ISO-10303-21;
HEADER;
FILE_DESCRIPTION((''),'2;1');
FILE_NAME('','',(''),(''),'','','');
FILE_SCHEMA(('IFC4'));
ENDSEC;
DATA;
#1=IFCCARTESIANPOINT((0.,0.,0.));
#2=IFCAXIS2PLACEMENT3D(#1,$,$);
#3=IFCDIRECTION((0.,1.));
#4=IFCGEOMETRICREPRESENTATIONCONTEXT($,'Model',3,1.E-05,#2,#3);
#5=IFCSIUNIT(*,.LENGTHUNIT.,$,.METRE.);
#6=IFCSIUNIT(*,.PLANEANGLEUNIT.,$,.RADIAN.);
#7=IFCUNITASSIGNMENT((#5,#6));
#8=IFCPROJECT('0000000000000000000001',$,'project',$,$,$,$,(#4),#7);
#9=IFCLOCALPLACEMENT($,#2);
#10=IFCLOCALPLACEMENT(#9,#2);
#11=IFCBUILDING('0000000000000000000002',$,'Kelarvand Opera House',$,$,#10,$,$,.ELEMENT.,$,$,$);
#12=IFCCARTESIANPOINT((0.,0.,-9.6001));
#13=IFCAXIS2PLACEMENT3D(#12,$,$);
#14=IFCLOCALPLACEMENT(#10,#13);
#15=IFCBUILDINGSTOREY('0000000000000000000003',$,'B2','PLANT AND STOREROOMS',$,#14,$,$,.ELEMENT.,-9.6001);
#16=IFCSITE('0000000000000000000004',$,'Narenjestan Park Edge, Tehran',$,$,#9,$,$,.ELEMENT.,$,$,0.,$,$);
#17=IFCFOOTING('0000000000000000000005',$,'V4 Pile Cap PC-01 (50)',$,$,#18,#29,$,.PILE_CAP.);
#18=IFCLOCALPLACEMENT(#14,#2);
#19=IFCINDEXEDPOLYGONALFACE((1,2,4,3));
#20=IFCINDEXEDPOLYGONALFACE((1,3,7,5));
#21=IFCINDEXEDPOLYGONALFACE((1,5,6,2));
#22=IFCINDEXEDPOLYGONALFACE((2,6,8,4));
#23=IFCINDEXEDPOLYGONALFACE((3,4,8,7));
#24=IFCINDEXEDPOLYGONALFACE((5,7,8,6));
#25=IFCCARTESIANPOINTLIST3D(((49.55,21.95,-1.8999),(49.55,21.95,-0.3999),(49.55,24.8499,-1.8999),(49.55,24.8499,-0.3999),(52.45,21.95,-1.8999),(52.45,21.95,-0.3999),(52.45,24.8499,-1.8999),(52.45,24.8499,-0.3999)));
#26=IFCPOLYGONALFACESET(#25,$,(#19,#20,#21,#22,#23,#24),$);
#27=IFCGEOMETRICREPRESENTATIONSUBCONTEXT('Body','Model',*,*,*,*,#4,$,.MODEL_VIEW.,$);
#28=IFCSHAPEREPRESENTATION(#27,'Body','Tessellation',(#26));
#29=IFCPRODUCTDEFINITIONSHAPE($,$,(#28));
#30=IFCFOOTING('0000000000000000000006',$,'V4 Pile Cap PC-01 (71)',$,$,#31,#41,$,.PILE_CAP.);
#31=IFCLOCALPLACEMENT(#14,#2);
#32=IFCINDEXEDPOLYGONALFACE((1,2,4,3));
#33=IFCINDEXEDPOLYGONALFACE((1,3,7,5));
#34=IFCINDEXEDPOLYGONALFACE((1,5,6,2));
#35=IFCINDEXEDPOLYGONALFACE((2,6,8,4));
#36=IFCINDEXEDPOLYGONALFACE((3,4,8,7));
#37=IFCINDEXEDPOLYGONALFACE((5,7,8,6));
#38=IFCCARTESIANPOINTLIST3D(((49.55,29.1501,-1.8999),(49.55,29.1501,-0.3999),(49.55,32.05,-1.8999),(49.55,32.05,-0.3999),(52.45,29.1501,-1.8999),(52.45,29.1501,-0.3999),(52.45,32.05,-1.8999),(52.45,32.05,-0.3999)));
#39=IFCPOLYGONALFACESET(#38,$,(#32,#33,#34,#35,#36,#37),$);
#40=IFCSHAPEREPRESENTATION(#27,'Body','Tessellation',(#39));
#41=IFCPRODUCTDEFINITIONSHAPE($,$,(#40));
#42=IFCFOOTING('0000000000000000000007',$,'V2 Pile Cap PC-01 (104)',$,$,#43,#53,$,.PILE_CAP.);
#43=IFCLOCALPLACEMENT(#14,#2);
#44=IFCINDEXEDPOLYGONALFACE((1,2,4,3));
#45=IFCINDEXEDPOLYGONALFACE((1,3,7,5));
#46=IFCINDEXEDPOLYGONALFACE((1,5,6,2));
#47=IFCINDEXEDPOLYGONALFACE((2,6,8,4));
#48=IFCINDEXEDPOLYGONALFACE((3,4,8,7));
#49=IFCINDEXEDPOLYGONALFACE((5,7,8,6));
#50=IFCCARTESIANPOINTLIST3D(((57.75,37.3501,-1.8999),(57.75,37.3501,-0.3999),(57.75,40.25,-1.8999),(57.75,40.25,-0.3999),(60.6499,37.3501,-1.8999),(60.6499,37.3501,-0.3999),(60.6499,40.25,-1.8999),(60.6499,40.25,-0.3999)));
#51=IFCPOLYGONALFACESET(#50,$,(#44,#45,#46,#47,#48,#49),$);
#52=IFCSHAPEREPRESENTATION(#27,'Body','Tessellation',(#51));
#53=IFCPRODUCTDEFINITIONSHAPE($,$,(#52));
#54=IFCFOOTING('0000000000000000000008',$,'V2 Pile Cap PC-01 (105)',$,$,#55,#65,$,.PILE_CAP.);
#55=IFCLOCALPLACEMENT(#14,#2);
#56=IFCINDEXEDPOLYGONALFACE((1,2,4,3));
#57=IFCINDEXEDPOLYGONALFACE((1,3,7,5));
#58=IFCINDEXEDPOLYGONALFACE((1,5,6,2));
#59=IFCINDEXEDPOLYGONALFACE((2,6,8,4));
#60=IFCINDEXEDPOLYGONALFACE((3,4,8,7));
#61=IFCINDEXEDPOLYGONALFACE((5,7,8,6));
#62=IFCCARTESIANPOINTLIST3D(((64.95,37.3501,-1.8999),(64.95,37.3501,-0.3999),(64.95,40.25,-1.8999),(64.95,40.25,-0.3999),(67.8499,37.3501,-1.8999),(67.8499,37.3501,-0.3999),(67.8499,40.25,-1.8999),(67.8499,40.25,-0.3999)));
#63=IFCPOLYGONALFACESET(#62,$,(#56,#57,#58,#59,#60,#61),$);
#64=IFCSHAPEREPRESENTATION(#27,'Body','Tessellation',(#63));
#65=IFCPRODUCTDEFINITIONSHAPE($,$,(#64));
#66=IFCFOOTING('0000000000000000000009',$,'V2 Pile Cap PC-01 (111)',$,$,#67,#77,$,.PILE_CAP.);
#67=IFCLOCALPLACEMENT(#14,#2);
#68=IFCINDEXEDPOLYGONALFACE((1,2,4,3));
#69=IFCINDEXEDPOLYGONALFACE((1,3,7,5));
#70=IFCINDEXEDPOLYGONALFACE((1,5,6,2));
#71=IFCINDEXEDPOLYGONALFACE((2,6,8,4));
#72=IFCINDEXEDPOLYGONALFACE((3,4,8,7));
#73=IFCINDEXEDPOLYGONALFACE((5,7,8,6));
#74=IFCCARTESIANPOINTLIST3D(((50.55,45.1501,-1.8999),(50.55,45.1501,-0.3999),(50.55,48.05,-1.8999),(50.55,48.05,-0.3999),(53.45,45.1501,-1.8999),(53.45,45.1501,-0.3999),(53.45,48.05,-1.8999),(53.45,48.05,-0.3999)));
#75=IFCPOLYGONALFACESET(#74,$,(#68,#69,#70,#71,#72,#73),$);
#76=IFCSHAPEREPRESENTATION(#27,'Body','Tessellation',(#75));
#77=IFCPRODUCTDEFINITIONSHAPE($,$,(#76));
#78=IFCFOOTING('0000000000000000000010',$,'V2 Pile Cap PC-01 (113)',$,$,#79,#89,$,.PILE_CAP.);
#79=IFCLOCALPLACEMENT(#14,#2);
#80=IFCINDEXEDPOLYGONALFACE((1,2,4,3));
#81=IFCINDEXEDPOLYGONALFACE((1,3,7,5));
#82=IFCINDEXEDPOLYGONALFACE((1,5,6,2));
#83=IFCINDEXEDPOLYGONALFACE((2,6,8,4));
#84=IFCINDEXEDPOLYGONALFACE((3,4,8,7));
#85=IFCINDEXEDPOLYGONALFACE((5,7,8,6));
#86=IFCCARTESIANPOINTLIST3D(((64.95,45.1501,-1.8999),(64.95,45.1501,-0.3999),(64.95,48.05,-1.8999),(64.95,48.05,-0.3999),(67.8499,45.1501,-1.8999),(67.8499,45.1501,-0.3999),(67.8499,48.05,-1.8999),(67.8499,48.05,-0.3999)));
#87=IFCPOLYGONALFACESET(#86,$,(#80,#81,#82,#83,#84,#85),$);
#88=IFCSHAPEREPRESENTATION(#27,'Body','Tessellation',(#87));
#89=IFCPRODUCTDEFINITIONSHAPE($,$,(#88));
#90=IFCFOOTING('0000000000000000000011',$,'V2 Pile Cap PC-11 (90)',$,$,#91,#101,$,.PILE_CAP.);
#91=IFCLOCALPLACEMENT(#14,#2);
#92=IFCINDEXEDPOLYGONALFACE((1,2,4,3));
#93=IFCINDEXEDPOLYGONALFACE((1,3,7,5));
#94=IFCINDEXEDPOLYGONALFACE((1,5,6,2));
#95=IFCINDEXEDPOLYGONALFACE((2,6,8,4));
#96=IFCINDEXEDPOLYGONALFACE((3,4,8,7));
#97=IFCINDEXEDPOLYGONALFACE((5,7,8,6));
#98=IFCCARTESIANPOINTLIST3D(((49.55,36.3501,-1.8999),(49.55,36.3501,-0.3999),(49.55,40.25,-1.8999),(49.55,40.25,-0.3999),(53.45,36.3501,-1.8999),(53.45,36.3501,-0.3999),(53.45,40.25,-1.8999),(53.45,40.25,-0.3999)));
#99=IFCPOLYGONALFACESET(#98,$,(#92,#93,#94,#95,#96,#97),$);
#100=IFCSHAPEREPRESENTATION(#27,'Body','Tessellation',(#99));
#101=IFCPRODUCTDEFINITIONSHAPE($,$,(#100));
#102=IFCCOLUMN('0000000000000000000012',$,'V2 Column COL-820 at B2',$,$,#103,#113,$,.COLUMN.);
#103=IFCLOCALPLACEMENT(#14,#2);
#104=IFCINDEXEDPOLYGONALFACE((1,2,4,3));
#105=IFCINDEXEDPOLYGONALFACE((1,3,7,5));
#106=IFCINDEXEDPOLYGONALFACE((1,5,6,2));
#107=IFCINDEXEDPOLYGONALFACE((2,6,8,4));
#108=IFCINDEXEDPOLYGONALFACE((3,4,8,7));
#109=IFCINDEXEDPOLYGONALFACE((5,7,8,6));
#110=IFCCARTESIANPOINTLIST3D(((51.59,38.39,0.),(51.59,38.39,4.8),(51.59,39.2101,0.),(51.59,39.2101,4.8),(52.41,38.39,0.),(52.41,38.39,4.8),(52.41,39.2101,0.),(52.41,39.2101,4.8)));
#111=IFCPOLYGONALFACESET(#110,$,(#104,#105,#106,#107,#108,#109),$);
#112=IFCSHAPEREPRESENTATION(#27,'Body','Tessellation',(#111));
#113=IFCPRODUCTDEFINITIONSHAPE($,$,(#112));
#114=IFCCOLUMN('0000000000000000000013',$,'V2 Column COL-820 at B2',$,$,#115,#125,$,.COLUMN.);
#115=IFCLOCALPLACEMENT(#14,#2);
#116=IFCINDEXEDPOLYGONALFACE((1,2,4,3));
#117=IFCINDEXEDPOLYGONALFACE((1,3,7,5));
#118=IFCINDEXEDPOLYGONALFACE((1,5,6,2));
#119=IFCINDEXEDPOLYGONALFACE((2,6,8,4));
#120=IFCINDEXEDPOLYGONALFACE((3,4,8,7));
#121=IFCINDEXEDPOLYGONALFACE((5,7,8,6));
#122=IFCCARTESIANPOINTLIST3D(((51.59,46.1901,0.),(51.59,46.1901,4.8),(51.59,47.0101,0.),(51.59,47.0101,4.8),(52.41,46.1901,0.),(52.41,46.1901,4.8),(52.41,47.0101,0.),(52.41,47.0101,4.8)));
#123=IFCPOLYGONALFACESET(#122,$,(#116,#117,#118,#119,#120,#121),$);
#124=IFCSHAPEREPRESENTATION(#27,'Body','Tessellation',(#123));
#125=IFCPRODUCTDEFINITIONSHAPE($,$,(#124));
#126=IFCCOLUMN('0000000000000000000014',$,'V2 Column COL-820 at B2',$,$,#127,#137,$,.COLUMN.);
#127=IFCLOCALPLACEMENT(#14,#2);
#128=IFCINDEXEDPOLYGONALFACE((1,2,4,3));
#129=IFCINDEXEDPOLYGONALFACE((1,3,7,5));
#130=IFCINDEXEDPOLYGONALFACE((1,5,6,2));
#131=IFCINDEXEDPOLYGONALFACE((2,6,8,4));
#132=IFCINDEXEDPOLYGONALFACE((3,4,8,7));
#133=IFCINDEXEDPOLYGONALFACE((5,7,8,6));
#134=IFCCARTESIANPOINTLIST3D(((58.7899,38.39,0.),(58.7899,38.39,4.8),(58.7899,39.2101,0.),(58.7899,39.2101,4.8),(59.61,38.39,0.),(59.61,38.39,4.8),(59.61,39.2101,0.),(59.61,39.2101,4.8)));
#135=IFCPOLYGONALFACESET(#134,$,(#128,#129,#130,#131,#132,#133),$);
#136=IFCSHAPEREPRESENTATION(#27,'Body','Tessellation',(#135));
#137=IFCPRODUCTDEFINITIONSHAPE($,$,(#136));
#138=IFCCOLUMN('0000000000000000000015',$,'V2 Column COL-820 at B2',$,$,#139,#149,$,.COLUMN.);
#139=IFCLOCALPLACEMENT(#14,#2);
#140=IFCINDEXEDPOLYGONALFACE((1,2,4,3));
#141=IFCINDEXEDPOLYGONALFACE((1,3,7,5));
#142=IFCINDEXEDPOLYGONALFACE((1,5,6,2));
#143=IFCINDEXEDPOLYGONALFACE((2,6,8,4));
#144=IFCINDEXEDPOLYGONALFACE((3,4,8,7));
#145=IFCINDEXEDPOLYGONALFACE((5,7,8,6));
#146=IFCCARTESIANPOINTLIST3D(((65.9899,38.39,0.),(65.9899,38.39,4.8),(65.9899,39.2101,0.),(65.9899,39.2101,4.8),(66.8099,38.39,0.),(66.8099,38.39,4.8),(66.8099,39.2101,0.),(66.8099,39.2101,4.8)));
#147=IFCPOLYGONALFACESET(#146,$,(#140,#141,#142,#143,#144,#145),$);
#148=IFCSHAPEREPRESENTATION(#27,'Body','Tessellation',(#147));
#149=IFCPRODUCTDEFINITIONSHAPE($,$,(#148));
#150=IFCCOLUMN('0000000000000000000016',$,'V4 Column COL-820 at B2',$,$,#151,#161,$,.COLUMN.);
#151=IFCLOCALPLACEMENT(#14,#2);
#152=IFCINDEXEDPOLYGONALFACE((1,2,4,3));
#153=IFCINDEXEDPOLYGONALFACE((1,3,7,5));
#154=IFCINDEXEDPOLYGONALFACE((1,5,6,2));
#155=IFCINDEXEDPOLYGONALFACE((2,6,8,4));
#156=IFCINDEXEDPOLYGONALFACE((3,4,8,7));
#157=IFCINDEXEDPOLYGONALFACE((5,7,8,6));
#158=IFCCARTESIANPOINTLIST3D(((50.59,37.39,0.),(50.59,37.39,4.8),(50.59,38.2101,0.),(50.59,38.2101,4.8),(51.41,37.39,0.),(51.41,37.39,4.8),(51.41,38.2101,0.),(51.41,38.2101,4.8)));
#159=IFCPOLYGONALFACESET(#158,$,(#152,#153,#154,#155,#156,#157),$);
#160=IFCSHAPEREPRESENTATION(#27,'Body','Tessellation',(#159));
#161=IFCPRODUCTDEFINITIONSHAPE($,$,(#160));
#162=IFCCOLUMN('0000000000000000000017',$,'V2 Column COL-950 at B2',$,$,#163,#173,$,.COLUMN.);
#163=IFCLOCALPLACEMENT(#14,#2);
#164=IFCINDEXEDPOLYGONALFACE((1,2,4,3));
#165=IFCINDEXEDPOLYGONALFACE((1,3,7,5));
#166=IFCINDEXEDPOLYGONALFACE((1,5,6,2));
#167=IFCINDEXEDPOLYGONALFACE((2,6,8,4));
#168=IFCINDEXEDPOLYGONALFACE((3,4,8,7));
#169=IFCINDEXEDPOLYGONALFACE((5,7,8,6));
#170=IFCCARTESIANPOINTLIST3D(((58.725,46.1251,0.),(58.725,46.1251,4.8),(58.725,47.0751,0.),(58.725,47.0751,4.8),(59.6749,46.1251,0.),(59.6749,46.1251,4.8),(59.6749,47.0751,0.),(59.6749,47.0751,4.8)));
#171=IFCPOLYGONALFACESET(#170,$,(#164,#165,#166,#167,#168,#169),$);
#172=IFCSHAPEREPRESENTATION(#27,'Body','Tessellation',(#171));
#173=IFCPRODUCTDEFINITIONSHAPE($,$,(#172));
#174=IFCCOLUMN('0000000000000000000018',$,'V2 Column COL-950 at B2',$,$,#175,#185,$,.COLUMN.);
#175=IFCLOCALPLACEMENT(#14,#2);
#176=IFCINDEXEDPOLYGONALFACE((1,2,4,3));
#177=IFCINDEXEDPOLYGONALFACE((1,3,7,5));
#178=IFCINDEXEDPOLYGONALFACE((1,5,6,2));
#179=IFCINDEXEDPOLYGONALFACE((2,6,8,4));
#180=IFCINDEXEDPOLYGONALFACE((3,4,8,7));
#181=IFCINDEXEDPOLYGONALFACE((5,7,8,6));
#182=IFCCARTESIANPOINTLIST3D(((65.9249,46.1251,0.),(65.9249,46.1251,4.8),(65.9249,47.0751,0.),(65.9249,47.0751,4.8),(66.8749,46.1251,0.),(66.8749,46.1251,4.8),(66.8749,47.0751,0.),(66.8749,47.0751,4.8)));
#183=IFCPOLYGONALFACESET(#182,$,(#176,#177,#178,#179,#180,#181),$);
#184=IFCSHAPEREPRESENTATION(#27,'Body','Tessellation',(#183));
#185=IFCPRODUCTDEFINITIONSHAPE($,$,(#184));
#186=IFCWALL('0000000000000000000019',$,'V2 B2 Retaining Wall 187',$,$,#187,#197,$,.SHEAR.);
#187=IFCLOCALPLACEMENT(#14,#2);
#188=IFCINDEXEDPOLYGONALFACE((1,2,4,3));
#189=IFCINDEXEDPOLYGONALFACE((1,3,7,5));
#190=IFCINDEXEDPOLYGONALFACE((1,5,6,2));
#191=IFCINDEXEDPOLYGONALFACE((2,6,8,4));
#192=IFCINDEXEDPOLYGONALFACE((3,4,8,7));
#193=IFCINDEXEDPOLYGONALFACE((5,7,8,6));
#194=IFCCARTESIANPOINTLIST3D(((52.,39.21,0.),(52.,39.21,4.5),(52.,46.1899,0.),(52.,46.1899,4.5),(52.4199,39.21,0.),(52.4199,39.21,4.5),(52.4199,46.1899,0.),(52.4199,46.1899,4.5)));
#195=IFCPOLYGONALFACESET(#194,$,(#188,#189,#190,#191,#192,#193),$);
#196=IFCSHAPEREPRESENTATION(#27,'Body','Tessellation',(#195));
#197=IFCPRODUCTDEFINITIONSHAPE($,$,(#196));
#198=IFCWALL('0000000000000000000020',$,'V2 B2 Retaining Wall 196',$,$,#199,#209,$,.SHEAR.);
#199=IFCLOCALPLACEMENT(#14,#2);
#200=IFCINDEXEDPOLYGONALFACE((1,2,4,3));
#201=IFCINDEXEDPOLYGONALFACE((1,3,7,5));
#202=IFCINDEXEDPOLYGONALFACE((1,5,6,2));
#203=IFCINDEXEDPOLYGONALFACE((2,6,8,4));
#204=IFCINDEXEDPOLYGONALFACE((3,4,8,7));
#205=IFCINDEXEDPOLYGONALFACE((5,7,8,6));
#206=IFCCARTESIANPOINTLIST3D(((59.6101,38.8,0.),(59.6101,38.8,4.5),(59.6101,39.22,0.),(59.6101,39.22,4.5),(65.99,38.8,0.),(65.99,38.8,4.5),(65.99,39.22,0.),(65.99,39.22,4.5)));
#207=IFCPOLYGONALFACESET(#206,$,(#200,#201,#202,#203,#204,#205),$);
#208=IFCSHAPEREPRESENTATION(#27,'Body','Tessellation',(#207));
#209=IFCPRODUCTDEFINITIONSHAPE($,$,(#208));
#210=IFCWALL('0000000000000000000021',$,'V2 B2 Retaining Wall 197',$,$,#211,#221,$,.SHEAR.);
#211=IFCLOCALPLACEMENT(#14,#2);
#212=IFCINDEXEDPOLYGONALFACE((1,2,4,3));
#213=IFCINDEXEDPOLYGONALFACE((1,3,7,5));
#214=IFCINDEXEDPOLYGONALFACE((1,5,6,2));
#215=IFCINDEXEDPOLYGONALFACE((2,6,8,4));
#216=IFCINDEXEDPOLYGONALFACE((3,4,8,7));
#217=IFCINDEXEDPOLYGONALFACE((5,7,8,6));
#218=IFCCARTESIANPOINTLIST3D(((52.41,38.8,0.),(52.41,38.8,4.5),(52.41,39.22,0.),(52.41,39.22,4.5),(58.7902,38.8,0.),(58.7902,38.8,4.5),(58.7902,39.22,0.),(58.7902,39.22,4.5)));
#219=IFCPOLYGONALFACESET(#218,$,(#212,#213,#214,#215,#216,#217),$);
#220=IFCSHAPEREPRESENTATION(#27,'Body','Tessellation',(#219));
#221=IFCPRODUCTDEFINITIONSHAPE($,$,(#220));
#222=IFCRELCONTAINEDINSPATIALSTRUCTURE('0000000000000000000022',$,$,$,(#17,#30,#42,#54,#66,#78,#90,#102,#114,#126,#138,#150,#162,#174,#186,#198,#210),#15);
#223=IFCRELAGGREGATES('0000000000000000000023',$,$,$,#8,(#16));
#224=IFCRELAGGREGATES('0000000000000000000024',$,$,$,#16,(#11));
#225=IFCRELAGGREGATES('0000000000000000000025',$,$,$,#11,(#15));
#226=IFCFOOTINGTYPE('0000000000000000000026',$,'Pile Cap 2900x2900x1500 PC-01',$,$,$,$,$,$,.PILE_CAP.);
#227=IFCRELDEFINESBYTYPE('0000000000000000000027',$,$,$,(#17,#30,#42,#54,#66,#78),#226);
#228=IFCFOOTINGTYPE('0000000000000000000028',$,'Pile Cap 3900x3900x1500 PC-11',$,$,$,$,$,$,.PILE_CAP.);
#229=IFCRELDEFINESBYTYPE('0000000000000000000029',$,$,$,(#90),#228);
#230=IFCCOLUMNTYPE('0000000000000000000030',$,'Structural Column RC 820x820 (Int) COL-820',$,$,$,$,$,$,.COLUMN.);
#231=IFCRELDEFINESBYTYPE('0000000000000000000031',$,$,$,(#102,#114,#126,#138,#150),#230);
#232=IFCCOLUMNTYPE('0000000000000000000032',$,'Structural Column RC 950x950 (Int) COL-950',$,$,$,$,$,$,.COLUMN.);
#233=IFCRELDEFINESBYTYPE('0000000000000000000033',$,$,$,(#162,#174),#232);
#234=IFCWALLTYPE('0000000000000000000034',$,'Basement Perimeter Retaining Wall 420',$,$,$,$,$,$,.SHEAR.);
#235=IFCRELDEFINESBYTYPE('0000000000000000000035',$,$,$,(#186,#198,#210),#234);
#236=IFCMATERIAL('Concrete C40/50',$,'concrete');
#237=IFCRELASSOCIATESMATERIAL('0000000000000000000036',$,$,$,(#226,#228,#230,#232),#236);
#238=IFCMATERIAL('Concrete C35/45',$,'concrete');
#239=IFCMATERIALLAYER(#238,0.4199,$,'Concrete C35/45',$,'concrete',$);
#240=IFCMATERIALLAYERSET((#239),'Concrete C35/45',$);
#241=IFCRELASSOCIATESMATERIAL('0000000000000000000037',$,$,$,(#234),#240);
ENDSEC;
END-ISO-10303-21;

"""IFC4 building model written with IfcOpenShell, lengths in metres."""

from ifc_helpers import new_model, si_unit, direction, frame, frame_2d, origin, origin_2d, place, context, subcontext, project, spatial, rectangle, extrude, material, layer, layer_set, material_profile, profile_set, type_object, element, save


model = new_model("IFC4")

# Units and contexts
model_context = context("Model", 3, precision=1e-05, world=origin(), true_north=direction((0.0, 1.0)))
body_context = subcontext(model_context, "Body", "Model", "MODEL_VIEW")
ifc_project = project(units=[si_unit("LENGTHUNIT", "METRE"), si_unit("PLANEANGLEUNIT", "RADIAN")], contexts=[model_context])

# Site, building, storey
site_placement = place(None, origin())
site = spatial("IfcSite", under=ifc_project, at=site_placement, Name="Narenjestan Park Edge, Tehran", CompositionType="ELEMENT", RefElevation=0.0)
building_placement = place(site_placement, origin())
building = spatial("IfcBuilding", under=site, at=building_placement, Name="Kelarvand Opera House", CompositionType="ELEMENT")
storey_placement = place(building_placement, frame((0.0, 0.0, -9.6001)))
storey = spatial("IfcBuildingStorey", under=building, at=storey_placement, Name="B2", Description="PLANT AND STOREROOMS", CompositionType="ELEMENT", Elevation=-9.6001)

# Shared definitions
ifc_material_1 = material(Name="Concrete C40/50", Category="concrete")

# Footings
footing_type_1 = type_object("IfcFootingType", Name="Pile Cap 2900x2900x1500 PC-01", PredefinedType="PILE_CAP", material=ifc_material_1)
for number, where, z_axis, x_axis, name in (
    (1, (51.0, 23.3999, -1.8999), (0.0, 0.0, 1.0), (1.0, 0.0, 0.0), "V4 Pile Cap PC-01 (50)"),
    (2, (51.0, 30.6001, -1.8999), (0.0, 0.0, 1.0), (1.0, 0.0, 0.0), "V4 Pile Cap PC-01 (71)"),
    (3, (59.2, 38.8, -1.8999), (0.0, 0.0, 1.0), (1.0, 0.0, 0.0), "V2 Pile Cap PC-01 (104)"),
    (4, (66.3999, 38.8, -1.8999), (0.0, 0.0, 1.0), (1.0, 0.0, 0.0), "V2 Pile Cap PC-01 (105)"),
    (5, (52.0, 46.6001, -1.8999), (0.0, 0.0, 1.0), (1.0, 0.0, 0.0), "V2 Pile Cap PC-01 (111)"),
    (6, (66.3999, 46.6001, -1.8999), (0.0, 0.0, 1.0), (1.0, 0.0, 0.0), "V2 Pile Cap PC-01 (113)"),
):
    element("IfcFooting", number, at=place(storey_placement, frame(where, z_axis=z_axis, x_axis=x_axis)), inside=storey, type_object=footing_type_1, Name=name, PredefinedType="PILE_CAP", context=body_context, shape_type="SweptSolid", body=[
        extrude(rectangle(XDim=2.8999, YDim=2.8999, at=origin_2d()), origin(), (0.0, 0.0, 1.0), 1.5),
    ])
footing_type_2 = type_object("IfcFootingType", Name="Pile Cap 3900x3900x1500 PC-11", PredefinedType="PILE_CAP", material=ifc_material_1)
footing_placement = place(storey_placement, frame((51.5, 38.3, -1.8999), z_axis=(0.0, 0.0, 1.0), x_axis=(1.0, 0.0, 0.0)))
element("IfcFooting", 7, at=footing_placement, inside=storey, type_object=footing_type_2, Name="V2 Pile Cap PC-11 (90)", PredefinedType="PILE_CAP", context=body_context, shape_type="SweptSolid", body=[
    extrude(rectangle(XDim=3.8999, YDim=3.8999, at=origin_2d()), origin(), (0.0, 0.0, 1.0), 1.5),
])

# Columns
ifc_material_profile_1 = material_profile(ifc_material_1, rectangle(XDim=0.8201, YDim=0.8201, at=origin_2d()), Name="RC 820x820", Category="concrete")
ifc_profile_set_1 = profile_set([ifc_material_profile_1], Name="Concrete C40/50")
column_type_1 = type_object("IfcColumnType", Name="Structural Column RC 820x820 (Int) COL-820", PredefinedType="COLUMN", material=ifc_profile_set_1)
for number, where, z_axis, x_axis, name in (
    (8, (52.0, 38.8, 0.0), (0.0, 0.0, 1.0), (1.0, 0.0, 0.0), "V2 Column COL-820 at B2"),
    (9, (52.0, 46.6001, 0.0), (0.0, 0.0, 1.0), (1.0, 0.0, 0.0), "V2 Column COL-820 at B2"),
    (10, (59.2, 38.8, 0.0), (0.0, 0.0, 1.0), (1.0, 0.0, 0.0), "V2 Column COL-820 at B2"),
    (11, (66.3999, 38.8, 0.0), (0.0, 0.0, 1.0), (1.0, 0.0, 0.0), "V2 Column COL-820 at B2"),
    (12, (51.0, 37.8, 0.0), (0.0, 0.0, 1.0), (1.0, 0.0, 0.0), "V4 Column COL-820 at B2"),
):
    element("IfcColumn", number, at=place(storey_placement, frame(where, z_axis=z_axis, x_axis=x_axis)), inside=storey, type_object=column_type_1, Name=name, PredefinedType="COLUMN", context=body_context, shape_type="SweptSolid", body=[
        extrude(rectangle(XDim=0.8201, YDim=0.8201, at=origin_2d()), origin(), (0.0, 0.0, 1.0), 4.8),
    ])
ifc_material_profile_2 = material_profile(ifc_material_1, rectangle(XDim=0.95, YDim=0.95, at=origin_2d()), Name="RC 950x950", Category="concrete")
ifc_profile_set_2 = profile_set([ifc_material_profile_2], Name="Concrete C40/50")
column_type_2 = type_object("IfcColumnType", Name="Structural Column RC 950x950 (Int) COL-950", PredefinedType="COLUMN", material=ifc_profile_set_2)
for number, where, z_axis, x_axis, name in (
    (13, (59.2, 46.6001, 0.0), (0.0, 0.0, 1.0), (1.0, 0.0, 0.0), "V2 Column COL-950 at B2"),
    (14, (66.3999, 46.6001, 0.0), (0.0, 0.0, 1.0), (1.0, 0.0, 0.0), "V2 Column COL-950 at B2"),
):
    element("IfcColumn", number, at=place(storey_placement, frame(where, z_axis=z_axis, x_axis=x_axis)), inside=storey, type_object=column_type_2, Name=name, PredefinedType="COLUMN", context=body_context, shape_type="SweptSolid", body=[
        extrude(rectangle(XDim=0.95, YDim=0.95, at=origin_2d()), origin(), (0.0, 0.0, 1.0), 4.8),
    ])

# Walls
ifc_material_2 = material(Name="Concrete C35/45", Category="concrete")
ifc_layer_1 = layer(ifc_material_2, 0.4199, Name="Concrete C35/45", Category="concrete")
ifc_layer_set_1 = layer_set([ifc_layer_1], Name="Concrete C35/45")
wall_type_1 = type_object("IfcWallType", Name="Basement Perimeter Retaining Wall 420", PredefinedType="SHEAR", material=ifc_layer_set_1)
wall_1_placement = place(storey_placement, frame((52.21, 39.21, 0.0), z_axis=(0.0, 0.0, 1.0), x_axis=(0.0, 1.0, 0.0)))
element("IfcWall", 15, at=wall_1_placement, inside=storey, type_object=wall_type_1, Name="V2 B2 Retaining Wall 187", PredefinedType="SHEAR", context=body_context, shape_type="SweptSolid", body=[
    extrude(rectangle(XDim=6.98, YDim=0.4199, at=frame_2d((3.49, 0.0))), origin(), (0.0, 0.0, 1.0), 4.5),
])
wall_2_placement = place(storey_placement, frame((65.99, 39.01, 0.0), z_axis=(0.0, 0.0, 1.0), x_axis=(-1.0, 0.0, 0.0)))
element("IfcWall", 16, at=wall_2_placement, inside=storey, type_object=wall_type_1, Name="V2 B2 Retaining Wall 196", PredefinedType="SHEAR", context=body_context, shape_type="SweptSolid", body=[
    extrude(rectangle(XDim=6.3799, YDim=0.4199, at=frame_2d((3.1899, 0.0))), origin(), (0.0, 0.0, 1.0), 4.5),
])
wall_3_placement = place(storey_placement, frame((58.79, 39.01, 0.0), z_axis=(0.0, 0.0, 1.0), x_axis=(-1.0, 0.0, 0.0)))
element("IfcWall", 17, at=wall_3_placement, inside=storey, type_object=wall_type_1, Name="V2 B2 Retaining Wall 197", PredefinedType="SHEAR", context=body_context, shape_type="SweptSolid", body=[
    extrude(rectangle(XDim=6.3801, YDim=0.4199, at=frame_2d((3.1899, 0.0))), origin(), (0.0, 0.0, 1.0), 4.5),
])

save(model, "model.ifc")
